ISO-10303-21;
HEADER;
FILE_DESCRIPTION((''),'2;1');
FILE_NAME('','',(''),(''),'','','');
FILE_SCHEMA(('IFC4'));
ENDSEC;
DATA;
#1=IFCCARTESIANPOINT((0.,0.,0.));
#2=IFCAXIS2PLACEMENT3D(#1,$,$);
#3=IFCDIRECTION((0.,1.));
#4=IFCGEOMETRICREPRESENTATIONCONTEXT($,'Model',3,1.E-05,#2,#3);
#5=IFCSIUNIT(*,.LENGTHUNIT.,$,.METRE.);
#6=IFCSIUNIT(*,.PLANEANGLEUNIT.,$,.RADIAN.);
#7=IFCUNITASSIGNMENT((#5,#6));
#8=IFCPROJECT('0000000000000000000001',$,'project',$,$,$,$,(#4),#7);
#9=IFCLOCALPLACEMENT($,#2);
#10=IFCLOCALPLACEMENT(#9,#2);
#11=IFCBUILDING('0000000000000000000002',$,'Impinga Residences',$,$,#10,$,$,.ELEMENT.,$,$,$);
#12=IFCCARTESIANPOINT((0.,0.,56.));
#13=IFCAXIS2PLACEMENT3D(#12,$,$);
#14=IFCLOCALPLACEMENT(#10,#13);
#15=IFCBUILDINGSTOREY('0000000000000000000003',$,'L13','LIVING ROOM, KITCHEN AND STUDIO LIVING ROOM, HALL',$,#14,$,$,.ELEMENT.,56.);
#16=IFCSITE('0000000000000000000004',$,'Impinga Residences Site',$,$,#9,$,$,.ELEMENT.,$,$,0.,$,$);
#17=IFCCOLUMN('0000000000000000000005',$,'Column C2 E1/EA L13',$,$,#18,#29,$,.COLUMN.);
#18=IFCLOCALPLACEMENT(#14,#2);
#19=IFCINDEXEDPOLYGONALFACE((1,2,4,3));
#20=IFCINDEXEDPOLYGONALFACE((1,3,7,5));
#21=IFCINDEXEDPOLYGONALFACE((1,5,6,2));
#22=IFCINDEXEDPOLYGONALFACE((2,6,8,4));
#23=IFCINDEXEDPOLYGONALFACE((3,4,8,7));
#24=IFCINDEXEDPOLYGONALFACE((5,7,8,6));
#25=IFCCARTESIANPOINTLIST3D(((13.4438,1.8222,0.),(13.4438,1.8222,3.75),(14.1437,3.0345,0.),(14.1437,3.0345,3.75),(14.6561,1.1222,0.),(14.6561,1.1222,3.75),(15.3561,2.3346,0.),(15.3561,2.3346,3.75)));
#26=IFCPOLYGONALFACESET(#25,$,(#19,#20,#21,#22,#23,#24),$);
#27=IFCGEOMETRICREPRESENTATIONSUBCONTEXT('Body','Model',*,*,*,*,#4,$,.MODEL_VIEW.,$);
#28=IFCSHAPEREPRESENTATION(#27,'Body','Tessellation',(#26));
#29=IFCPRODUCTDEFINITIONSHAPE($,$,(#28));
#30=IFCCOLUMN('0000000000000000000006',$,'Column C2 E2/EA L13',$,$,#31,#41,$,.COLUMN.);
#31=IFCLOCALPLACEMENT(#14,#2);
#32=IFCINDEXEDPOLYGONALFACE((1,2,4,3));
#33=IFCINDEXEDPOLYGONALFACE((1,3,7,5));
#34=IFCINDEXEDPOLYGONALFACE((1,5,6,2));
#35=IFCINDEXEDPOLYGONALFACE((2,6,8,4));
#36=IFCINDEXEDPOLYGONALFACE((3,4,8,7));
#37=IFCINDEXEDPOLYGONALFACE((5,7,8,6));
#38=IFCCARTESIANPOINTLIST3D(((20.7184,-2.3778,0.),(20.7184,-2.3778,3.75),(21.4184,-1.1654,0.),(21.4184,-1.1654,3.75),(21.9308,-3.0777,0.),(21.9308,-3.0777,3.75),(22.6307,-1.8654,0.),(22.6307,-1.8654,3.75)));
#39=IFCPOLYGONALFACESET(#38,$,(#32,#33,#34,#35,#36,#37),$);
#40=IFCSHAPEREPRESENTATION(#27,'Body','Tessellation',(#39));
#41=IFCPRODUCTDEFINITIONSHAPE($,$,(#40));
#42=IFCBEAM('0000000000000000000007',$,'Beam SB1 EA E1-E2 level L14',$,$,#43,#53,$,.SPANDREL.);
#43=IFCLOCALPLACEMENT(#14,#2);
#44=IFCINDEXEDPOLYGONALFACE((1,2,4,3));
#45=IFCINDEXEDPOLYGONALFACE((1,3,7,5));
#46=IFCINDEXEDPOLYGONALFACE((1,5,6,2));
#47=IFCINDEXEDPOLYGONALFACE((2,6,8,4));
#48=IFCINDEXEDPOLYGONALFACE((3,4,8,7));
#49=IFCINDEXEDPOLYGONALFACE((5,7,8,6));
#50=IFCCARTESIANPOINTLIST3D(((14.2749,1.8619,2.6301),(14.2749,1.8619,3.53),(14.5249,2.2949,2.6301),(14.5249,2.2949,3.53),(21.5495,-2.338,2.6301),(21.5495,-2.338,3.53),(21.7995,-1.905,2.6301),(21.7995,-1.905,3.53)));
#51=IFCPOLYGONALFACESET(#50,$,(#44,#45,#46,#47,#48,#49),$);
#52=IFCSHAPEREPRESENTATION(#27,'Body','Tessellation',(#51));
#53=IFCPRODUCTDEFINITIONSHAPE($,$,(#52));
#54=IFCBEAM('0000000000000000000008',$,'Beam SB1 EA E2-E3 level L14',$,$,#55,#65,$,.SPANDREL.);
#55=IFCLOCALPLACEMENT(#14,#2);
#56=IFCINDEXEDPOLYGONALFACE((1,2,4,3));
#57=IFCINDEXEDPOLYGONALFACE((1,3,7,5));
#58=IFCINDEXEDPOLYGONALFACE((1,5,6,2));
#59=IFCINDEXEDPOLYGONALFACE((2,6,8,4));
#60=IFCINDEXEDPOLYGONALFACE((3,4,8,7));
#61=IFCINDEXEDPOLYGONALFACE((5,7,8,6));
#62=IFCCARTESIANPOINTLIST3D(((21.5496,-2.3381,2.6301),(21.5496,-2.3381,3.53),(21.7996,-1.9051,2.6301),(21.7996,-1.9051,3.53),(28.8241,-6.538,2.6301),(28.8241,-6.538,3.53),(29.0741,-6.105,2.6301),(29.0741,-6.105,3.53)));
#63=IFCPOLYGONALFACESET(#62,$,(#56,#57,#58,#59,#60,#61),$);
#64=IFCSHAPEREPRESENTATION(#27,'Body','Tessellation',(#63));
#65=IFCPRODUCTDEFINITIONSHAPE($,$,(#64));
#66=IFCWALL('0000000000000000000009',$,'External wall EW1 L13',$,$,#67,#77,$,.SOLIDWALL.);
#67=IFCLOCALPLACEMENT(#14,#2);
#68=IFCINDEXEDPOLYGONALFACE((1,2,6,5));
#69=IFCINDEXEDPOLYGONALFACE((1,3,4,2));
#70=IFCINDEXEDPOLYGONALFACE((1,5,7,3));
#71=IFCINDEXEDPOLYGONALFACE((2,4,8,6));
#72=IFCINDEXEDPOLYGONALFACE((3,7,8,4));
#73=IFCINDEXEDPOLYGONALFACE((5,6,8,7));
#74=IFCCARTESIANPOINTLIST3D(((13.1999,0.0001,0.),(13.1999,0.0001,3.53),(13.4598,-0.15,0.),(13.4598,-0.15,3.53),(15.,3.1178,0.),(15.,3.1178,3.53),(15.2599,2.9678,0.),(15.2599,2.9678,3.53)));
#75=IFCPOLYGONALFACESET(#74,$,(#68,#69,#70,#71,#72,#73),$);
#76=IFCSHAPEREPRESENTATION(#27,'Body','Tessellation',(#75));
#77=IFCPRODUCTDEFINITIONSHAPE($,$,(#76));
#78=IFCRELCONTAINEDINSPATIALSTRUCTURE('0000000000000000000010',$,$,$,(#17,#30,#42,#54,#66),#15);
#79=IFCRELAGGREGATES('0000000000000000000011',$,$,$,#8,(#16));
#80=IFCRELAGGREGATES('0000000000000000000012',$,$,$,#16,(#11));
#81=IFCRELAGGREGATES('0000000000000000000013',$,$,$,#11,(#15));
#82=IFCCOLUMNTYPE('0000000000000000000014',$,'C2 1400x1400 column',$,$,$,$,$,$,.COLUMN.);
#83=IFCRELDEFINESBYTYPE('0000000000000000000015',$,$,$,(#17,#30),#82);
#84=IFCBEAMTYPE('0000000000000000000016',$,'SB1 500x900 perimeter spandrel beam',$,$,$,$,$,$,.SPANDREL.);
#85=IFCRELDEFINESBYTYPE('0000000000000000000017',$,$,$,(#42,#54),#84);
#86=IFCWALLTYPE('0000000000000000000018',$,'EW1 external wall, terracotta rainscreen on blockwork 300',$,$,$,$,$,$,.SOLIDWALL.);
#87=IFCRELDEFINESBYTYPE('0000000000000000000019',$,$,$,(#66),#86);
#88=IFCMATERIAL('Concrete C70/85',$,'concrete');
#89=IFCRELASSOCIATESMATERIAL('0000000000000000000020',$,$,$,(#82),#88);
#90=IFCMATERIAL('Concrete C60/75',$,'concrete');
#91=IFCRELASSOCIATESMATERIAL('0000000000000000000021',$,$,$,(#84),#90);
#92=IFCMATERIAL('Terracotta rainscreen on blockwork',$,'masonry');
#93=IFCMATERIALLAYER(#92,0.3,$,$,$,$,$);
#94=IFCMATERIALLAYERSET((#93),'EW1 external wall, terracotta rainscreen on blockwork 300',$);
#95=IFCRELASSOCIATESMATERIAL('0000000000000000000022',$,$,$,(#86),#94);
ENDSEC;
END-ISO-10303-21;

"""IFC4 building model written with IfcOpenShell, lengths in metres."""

from ifc_helpers import new_model, si_unit, direction, frame, frame_2d, origin, origin_2d, place, context, subcontext, project, spatial, rectangle, extrude, material, layer, layer_set, material_profile, profile_set, type_object, element, save


model = new_model("IFC4")

# Units and contexts
model_context = context("Model", 3, precision=1e-05, world=origin(), true_north=direction((0.0, 1.0)))
body_context = subcontext(model_context, "Body", "Model", "MODEL_VIEW")
ifc_project = project(units=[si_unit("LENGTHUNIT", "METRE"), si_unit("PLANEANGLEUNIT", "RADIAN")], contexts=[model_context])

# Site, building, storey
site_placement = place(None, origin())
site = spatial("IfcSite", under=ifc_project, at=site_placement, Name="Impinga Residences Site", CompositionType="ELEMENT", RefElevation=0.0)
building_placement = place(site_placement, origin())
building = spatial("IfcBuilding", under=site, at=building_placement, Name="Impinga Residences", CompositionType="ELEMENT")
storey_placement = place(building_placement, frame((0.0, 0.0, 56.0)))
storey = spatial("IfcBuildingStorey", under=building, at=storey_placement, Name="L13", Description="LIVING ROOM, KITCHEN AND STUDIO LIVING ROOM, HALL", CompositionType="ELEMENT", Elevation=56.0)

# Columns
ifc_material_1 = material(Name="Concrete C70/85", Category="concrete")
ifc_material_profile_1 = material_profile(ifc_material_1, rectangle(XDim=1.3999, YDim=1.3999, at=origin_2d()), Name="RC 1400x1400")
ifc_profile_set_1 = profile_set([ifc_material_profile_1], Name="Concrete C70/85")
column_type = type_object("IfcColumnType", Name="C2 1400x1400 column", PredefinedType="COLUMN", material=ifc_profile_set_1)
for number, where, z_axis, x_axis, name in (
    (1, (14.3999, 2.0784, 0.0), (0.0, 0.0, 1.0), (-0.5, -0.866025, 0.0), "Column C2 E1/EA L13"),
    (2, (21.6746, -2.1216, 0.0), (0.0, 0.0, 1.0), (-0.5, -0.866025, 0.0), "Column C2 E2/EA L13"),
):
    element("IfcColumn", number, at=place(storey_placement, frame(where, z_axis=z_axis, x_axis=x_axis)), inside=storey, type_object=column_type, Name=name, PredefinedType="COLUMN", context=body_context, shape_type="SweptSolid", body=[
        extrude(rectangle(XDim=1.3999, YDim=1.3999, at=origin_2d()), origin(), (0.0, 0.0, 1.0), 3.75),
    ])

# Beams
ifc_material_2 = material(Name="Concrete C60/75", Category="concrete")
ifc_material_profile_2 = material_profile(ifc_material_2, rectangle(XDim=0.5, YDim=0.8999, at=origin_2d()), Name="RC 500x900")
ifc_profile_set_2 = profile_set([ifc_material_profile_2], Name="Concrete C60/75")
beam_type = type_object("IfcBeamType", Name="SB1 500x900 perimeter spandrel beam", PredefinedType="SPANDREL", material=ifc_profile_set_2)
for number, where, z_axis, x_axis, name in (
    (3, (14.3999, 2.0784, 3.0801), (0.866029, -0.499993, 0.0), (0.499993, 0.866029, 0.0), "Beam SB1 EA E1-E2 level L14"),
    (4, (21.6746, -2.1216, 3.0801), (0.866029, -0.499993, 0.0), (0.499993, 0.866029, 0.0), "Beam SB1 EA E2-E3 level L14"),
):
    element("IfcBeam", number, at=place(storey_placement, frame(where, z_axis=z_axis, x_axis=x_axis)), inside=storey, type_object=beam_type, Name=name, PredefinedType="SPANDREL", context=body_context, shape_type="SweptSolid", body=[
        extrude(rectangle(XDim=0.5, YDim=0.8999, at=origin_2d()), origin(), (0.0, 0.0, 1.0), 8.3999),
    ])

# Wall
ifc_material_3 = material(Name="Terracotta rainscreen on blockwork", Category="masonry")
ifc_layer_1 = layer(ifc_material_3, 0.3)
ifc_layer_set_1 = layer_set([ifc_layer_1], Name="EW1 external wall, terracotta rainscreen on blockwork 300")
wall_type_1 = type_object("IfcWallType", Name="EW1 external wall, terracotta rainscreen on blockwork 300", PredefinedType="SOLIDWALL", material=ifc_layer_set_1)
wall_1_placement = place(storey_placement, frame((13.3298, -0.075, 0.0), z_axis=(0.0, 0.0, 1.0), x_axis=(0.500012, 0.866018, 0.0)))
element("IfcWall", 5, at=wall_1_placement, inside=storey, type_object=wall_type_1, Name="External wall EW1 L13", PredefinedType="SOLIDWALL", context=body_context, shape_type="SweptSolid", body=[
    extrude(rectangle(XDim=3.6001, YDim=0.3, at=frame_2d((1.8, 0.0))), origin(), (0.0, 0.0, 1.0), 3.53),
])

save(model, "model.ifc")
